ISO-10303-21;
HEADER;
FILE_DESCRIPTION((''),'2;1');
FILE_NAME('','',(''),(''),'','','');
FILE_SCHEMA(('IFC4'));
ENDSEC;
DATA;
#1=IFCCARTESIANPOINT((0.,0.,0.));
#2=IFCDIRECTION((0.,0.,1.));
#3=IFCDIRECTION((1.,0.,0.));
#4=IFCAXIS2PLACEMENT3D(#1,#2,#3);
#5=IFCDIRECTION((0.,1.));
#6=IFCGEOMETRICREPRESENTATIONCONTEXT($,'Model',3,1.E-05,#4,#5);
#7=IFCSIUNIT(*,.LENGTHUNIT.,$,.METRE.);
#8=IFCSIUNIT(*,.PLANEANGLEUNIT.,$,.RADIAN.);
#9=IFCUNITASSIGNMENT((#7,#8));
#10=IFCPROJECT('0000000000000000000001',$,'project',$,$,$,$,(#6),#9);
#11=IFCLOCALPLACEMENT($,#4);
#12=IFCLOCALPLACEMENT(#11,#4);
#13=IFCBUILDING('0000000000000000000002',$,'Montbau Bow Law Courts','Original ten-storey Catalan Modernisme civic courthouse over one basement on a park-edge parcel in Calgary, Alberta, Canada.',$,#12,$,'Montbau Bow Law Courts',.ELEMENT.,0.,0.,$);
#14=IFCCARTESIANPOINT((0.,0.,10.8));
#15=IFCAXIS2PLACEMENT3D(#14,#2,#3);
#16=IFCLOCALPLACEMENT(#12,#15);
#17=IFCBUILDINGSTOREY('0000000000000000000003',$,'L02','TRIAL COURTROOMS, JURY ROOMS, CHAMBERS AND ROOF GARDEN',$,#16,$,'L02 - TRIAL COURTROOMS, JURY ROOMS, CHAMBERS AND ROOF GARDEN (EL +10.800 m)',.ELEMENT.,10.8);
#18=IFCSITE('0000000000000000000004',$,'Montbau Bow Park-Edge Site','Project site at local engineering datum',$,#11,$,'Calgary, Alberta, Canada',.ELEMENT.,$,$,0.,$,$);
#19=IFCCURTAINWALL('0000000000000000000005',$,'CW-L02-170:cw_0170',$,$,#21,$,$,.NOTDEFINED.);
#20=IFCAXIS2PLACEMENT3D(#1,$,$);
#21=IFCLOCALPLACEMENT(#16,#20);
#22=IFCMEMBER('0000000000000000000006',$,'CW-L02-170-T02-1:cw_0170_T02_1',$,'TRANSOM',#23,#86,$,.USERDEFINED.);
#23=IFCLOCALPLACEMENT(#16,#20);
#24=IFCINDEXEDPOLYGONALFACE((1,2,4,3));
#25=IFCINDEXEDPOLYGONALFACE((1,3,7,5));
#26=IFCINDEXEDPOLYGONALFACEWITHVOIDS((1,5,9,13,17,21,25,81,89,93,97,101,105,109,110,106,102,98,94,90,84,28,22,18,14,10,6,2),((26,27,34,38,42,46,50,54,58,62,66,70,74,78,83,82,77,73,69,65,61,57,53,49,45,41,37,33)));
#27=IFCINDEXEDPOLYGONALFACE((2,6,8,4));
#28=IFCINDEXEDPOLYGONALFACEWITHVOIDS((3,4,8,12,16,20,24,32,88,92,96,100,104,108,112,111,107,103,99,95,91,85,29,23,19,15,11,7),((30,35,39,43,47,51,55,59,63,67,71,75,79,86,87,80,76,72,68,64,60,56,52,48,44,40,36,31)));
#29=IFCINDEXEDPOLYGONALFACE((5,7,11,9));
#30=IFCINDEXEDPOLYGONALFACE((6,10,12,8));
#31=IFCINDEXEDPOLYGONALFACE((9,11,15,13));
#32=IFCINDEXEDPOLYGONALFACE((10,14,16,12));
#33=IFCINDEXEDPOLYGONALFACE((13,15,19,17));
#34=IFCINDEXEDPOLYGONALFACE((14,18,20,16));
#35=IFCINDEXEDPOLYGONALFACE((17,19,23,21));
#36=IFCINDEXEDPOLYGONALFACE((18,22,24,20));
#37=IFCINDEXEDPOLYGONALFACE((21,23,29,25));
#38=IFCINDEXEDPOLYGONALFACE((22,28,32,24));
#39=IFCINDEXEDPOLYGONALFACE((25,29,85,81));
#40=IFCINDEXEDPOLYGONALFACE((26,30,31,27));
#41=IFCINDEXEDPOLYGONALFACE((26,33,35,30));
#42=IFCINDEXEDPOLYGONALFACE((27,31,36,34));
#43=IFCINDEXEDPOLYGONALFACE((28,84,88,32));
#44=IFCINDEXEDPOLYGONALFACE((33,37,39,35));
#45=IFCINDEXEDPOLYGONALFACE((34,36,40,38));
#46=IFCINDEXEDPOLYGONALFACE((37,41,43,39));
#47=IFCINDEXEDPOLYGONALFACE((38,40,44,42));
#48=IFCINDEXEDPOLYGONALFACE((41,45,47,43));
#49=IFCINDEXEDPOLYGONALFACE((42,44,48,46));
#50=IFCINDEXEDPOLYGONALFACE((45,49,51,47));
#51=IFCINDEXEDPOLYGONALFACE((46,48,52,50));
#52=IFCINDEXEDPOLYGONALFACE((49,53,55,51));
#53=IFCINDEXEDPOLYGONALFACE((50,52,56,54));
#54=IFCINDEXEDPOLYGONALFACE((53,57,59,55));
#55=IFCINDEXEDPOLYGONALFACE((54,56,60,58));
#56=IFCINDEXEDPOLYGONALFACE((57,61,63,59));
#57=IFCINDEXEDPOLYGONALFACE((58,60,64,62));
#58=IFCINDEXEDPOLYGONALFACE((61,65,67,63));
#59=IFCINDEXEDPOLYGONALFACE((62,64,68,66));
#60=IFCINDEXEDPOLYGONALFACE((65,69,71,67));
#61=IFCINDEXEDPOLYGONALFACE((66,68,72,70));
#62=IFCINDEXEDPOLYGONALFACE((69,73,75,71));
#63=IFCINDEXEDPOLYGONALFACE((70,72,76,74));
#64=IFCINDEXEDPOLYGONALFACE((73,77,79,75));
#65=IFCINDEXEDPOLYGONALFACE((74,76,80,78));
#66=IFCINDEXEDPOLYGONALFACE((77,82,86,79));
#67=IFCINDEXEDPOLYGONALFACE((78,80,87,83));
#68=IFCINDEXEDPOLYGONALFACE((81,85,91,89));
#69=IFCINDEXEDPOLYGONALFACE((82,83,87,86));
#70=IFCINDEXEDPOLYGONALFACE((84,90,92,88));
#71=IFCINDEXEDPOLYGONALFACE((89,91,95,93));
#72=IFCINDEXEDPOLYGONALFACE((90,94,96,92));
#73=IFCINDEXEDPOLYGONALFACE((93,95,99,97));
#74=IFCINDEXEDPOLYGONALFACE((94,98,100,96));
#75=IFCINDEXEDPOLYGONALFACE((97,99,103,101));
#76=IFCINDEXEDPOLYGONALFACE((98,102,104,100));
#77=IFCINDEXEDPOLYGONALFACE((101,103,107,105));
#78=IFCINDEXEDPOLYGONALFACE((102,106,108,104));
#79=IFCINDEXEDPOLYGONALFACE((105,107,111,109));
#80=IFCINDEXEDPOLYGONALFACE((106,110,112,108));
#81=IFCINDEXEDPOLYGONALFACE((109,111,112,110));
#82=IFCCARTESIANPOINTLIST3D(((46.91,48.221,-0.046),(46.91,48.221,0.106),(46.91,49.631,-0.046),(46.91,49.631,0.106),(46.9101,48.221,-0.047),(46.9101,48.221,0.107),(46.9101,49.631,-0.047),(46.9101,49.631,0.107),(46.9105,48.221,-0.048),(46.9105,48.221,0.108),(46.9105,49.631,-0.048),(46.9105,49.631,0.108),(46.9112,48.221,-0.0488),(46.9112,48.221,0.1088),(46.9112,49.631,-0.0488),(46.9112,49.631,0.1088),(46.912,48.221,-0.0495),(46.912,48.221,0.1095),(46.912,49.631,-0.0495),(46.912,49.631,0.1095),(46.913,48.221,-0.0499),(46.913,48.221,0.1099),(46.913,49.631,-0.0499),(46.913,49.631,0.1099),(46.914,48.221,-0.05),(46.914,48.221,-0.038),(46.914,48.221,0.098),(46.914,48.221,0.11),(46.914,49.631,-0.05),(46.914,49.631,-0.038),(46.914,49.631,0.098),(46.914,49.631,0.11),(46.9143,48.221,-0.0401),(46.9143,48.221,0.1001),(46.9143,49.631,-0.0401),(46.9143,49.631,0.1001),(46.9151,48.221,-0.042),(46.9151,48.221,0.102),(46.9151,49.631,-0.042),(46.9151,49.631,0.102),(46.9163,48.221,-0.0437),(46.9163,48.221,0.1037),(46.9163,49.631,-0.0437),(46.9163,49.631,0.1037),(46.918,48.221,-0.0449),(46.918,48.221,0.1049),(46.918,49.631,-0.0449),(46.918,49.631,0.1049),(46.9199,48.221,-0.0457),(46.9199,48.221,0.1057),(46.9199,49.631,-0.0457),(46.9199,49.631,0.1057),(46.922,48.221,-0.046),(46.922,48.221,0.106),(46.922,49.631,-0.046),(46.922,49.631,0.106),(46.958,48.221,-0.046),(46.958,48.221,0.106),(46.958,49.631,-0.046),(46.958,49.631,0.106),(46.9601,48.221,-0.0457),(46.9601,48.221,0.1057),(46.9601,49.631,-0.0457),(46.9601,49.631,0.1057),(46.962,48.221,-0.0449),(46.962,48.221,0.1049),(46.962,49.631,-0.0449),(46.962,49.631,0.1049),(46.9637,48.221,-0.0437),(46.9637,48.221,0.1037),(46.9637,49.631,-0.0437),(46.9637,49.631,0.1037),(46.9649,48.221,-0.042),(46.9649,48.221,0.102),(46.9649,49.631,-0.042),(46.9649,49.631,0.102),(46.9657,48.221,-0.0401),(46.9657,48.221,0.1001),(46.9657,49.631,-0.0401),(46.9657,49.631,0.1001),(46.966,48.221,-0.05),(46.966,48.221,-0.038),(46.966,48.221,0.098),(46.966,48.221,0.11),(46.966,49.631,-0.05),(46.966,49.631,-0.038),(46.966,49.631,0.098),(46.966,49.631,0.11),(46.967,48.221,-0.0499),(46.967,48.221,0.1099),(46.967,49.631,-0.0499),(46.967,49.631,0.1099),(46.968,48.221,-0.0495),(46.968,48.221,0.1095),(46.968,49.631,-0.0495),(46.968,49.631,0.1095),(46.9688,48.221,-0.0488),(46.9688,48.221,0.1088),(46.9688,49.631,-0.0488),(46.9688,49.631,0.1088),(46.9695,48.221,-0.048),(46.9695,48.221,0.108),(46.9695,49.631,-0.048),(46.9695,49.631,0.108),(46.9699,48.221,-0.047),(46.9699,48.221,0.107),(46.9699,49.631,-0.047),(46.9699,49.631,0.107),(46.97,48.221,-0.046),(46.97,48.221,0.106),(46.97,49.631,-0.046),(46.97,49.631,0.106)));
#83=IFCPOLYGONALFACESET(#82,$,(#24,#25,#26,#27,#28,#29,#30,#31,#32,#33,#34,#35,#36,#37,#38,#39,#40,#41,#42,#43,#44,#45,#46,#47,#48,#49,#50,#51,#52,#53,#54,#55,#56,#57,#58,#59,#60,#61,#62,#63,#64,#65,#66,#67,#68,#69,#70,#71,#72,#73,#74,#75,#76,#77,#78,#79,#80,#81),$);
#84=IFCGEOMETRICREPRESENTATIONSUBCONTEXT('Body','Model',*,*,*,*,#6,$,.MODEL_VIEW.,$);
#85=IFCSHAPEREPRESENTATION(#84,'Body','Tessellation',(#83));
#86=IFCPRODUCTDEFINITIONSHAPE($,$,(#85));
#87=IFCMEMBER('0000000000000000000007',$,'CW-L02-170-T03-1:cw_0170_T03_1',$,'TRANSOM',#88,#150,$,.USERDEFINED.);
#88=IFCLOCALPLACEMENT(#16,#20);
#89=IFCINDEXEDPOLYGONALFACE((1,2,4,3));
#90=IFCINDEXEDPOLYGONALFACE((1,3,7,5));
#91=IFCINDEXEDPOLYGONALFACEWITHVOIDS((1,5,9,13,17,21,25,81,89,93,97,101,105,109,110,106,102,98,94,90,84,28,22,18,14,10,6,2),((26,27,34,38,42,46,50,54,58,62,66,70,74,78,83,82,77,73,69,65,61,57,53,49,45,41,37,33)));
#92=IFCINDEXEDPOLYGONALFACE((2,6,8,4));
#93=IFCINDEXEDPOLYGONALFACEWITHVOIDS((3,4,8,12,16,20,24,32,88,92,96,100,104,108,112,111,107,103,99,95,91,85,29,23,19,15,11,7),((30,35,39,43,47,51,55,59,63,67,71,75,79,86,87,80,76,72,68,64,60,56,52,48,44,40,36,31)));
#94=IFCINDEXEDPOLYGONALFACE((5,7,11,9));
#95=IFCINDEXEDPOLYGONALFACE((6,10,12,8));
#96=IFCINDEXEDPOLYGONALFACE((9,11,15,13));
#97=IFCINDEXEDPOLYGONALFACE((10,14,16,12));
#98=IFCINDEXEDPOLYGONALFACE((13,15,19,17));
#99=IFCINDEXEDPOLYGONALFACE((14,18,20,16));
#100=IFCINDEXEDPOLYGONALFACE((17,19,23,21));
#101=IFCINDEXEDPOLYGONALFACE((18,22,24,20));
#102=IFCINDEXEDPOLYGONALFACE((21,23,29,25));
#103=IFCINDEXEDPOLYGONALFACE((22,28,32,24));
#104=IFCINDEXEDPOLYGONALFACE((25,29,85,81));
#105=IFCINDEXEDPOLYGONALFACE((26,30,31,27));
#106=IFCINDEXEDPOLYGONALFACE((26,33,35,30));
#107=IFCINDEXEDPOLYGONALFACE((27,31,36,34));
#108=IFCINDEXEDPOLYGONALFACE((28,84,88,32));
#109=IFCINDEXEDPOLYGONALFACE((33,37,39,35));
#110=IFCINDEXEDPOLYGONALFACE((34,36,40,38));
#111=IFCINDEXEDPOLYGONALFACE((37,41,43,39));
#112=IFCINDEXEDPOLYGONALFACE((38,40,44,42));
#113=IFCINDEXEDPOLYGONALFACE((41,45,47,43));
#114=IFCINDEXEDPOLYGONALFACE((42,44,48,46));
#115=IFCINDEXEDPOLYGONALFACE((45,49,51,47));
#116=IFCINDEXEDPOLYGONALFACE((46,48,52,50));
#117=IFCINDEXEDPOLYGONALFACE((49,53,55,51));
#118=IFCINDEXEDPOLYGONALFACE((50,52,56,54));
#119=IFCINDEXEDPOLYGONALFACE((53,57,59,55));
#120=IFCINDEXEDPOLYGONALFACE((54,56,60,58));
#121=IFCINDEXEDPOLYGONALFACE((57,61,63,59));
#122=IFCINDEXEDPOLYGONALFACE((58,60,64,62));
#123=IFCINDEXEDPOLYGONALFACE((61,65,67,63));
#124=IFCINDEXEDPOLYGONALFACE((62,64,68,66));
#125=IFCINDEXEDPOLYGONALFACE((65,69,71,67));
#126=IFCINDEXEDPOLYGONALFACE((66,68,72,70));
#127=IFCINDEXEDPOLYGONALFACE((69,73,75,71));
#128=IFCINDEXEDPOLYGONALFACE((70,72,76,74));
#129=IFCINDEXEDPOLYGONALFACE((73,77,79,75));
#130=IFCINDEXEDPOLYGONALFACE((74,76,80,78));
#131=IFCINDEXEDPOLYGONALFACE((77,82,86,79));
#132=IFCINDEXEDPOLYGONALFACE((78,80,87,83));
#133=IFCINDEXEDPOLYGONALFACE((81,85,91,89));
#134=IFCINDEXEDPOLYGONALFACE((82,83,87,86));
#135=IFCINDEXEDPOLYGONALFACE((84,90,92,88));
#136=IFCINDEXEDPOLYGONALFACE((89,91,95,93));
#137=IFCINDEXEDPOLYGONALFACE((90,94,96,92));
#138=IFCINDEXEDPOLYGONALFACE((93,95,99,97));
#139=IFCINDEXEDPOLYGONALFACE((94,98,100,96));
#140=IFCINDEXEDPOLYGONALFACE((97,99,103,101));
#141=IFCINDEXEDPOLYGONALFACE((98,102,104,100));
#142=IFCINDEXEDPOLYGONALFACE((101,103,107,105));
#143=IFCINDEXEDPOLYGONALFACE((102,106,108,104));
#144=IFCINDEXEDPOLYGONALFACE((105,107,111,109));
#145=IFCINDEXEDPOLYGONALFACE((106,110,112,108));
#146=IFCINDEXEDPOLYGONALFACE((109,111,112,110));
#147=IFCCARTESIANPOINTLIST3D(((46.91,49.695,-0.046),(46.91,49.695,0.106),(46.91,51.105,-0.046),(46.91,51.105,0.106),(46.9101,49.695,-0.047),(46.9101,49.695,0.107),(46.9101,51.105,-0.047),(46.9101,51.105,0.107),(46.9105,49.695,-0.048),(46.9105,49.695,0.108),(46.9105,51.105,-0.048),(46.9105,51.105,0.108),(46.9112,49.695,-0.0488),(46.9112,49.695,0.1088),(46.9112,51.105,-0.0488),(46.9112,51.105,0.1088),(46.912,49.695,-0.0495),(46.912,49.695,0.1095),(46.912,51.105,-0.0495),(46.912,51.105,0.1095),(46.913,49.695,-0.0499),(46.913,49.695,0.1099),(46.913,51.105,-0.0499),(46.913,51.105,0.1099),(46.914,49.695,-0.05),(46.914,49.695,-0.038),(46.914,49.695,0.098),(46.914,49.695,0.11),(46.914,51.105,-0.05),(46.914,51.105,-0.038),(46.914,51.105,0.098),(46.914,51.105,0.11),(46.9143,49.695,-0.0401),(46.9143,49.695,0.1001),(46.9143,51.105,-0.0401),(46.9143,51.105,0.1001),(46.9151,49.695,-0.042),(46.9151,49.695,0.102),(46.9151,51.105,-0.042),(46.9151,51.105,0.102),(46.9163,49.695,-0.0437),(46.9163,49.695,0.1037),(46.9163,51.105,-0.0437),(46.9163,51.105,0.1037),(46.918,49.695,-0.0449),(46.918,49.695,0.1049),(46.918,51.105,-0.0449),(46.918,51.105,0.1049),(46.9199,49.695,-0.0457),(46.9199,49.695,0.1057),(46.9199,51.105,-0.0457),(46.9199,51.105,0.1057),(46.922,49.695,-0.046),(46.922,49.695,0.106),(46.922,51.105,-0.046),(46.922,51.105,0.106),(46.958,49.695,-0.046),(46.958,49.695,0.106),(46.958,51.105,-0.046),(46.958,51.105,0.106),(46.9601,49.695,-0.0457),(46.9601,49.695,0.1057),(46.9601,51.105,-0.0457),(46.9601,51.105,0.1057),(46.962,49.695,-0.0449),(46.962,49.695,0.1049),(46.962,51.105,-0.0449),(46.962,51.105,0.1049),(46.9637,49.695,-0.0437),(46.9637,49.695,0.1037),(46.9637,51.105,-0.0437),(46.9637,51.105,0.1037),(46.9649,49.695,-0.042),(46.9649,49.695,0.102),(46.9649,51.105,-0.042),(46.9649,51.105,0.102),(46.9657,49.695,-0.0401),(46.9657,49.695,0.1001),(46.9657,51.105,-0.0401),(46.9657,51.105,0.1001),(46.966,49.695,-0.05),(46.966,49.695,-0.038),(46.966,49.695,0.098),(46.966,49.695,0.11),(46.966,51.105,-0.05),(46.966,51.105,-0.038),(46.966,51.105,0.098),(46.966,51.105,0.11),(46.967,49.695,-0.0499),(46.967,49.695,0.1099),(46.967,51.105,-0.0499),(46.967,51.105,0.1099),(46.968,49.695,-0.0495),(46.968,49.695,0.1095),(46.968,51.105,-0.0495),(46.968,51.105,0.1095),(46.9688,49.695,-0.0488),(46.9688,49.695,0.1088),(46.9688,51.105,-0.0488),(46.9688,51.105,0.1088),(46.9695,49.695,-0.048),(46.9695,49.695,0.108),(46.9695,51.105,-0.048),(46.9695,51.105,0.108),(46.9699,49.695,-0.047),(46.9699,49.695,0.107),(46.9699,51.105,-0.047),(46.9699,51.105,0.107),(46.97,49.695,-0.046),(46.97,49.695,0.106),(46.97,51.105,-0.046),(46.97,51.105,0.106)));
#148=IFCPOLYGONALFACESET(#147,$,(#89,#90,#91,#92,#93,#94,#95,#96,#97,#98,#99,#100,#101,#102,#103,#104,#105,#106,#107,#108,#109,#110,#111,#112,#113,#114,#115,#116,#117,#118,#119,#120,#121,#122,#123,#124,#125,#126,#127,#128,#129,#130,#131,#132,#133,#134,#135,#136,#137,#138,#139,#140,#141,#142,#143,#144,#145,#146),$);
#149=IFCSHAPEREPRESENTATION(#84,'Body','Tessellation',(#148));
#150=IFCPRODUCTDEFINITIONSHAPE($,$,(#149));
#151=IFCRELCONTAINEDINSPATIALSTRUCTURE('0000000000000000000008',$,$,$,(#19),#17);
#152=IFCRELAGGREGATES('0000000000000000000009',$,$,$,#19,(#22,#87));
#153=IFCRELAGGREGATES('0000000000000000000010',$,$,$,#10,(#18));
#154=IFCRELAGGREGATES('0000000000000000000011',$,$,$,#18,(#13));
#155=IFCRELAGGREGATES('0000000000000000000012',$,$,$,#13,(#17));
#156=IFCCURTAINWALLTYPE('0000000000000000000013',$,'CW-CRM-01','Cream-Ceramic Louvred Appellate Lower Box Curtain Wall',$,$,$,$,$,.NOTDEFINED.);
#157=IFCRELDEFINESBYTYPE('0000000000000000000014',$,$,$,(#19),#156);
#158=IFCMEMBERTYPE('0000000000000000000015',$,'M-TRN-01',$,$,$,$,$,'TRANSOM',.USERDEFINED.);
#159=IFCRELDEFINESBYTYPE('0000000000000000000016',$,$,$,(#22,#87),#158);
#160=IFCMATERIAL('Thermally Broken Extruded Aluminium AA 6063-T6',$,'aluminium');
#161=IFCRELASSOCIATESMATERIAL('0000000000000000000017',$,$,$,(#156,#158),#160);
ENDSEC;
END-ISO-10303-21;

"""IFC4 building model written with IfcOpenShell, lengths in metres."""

from ifc_helpers import new_model, si_unit, direction, frame, origin_with_axes, origin_2d_with_axis, place, context, subcontext, project, spatial, hollow_rectangle, extrude, material, material_profile, profile_set, type_object, element, aggregate, save


model = new_model("IFC4")

# Units and contexts
model_context = context("Model", 3, precision=1e-05, world=origin_with_axes(), true_north=direction((0.0, 1.0)))
body_context = subcontext(model_context, "Body", "Model", "MODEL_VIEW")
ifc_project = project(units=[si_unit("LENGTHUNIT", "METRE"), si_unit("PLANEANGLEUNIT", "RADIAN")], contexts=[model_context])

# Site, building, storey
site_placement = place(None, origin_with_axes())
site = spatial("IfcSite", under=ifc_project, at=site_placement, Name="Montbau Bow Park-Edge Site", Description="Project site at local engineering datum", LongName="Calgary, Alberta, Canada", CompositionType="ELEMENT", RefElevation=0.0)
building_placement = place(site_placement, origin_with_axes())
building = spatial("IfcBuilding", under=site, at=building_placement, Name="Montbau Bow Law Courts", Description="Original ten-storey Catalan Modernisme civic courthouse over one basement on a park-edge parcel in Calgary, Alberta, Canada.", LongName="Montbau Bow Law Courts", CompositionType="ELEMENT", ElevationOfRefHeight=0.0, ElevationOfTerrain=0.0)
storey_placement = place(building_placement, frame((0.0, 0.0, 10.8), z_axis=(0.0, 0.0, 1.0), x_axis=(1.0, 0.0, 0.0)))
storey = spatial("IfcBuildingStorey", under=building, at=storey_placement, Name="L02", Description="TRIAL COURTROOMS, JURY ROOMS, CHAMBERS AND ROOF GARDEN", LongName="L02 - TRIAL COURTROOMS, JURY ROOMS, CHAMBERS AND ROOF GARDEN (EL +10.800 m)", CompositionType="ELEMENT", Elevation=10.8)

# Curtain wall, members
ifc_material_1 = material(Name="Thermally Broken Extruded Aluminium AA 6063-T6", Category="aluminium")
curtain_wall_type_1 = type_object("IfcCurtainWallType", Name="CW-CRM-01", Description="Cream-Ceramic Louvred Appellate Lower Box Curtain Wall", PredefinedType="NOTDEFINED", material=ifc_material_1)
curtain_wall_1_placement = place(None, frame((46.94, 46.715, 10.8), z_axis=(0.0, 0.0, 1.0), x_axis=(1.0, 0.0, 0.0)))
curtain_wall_1 = element("IfcCurtainWall", 1, at=curtain_wall_1_placement, inside=storey, type_object=curtain_wall_type_1, Name="CW-L02-170:cw_0170", PredefinedType="NOTDEFINED")
ifc_material_profile_1 = material_profile(ifc_material_1, hollow_rectangle(XDim=0.06, YDim=0.16, WallThickness=0.004, InnerFilletRadius=0.008, OuterFilletRadius=0.004, at=origin_2d_with_axis()), Name="CWT-160X60", Category="Main", Priority=0)
ifc_profile_set_1 = profile_set([ifc_material_profile_1], Name="Thermally Broken Extruded Aluminium AA 6063-T6")
member_type_1 = type_object("IfcMemberType", Name="M-TRN-01", ElementType="TRANSOM", PredefinedType="USERDEFINED", material=ifc_profile_set_1)
member_1_placement = place(None, frame((46.94, 48.221, 10.83), z_axis=(0.0, 1.0, 0.0), x_axis=(-1.0, 0.0, 0.0)))
member_1 = element("IfcMember", 2, at=member_1_placement, type_object=member_type_1, Name="CW-L02-170-T02-1:cw_0170_T02_1", ObjectType="TRANSOM", PredefinedType="USERDEFINED", context=body_context, shape_type="SweptSolid", body=[
    extrude(hollow_rectangle(XDim=0.06, YDim=0.16, WallThickness=0.004, InnerFilletRadius=0.008, OuterFilletRadius=0.004, at=origin_2d_with_axis()), origin_with_axes(), (0.0, 0.0, 1.0), 1.41),
])
member_2_placement = place(None, frame((46.94, 49.695, 10.83), z_axis=(0.0, 1.0, 0.0), x_axis=(-1.0, 0.0, 0.0)))
member_2 = element("IfcMember", 3, at=member_2_placement, type_object=member_type_1, Name="CW-L02-170-T03-1:cw_0170_T03_1", ObjectType="TRANSOM", PredefinedType="USERDEFINED", context=body_context, shape_type="SweptSolid", body=[
    extrude(hollow_rectangle(XDim=0.06, YDim=0.16, WallThickness=0.004, InnerFilletRadius=0.008, OuterFilletRadius=0.004, at=origin_2d_with_axis()), origin_with_axes(), (0.0, 0.0, 1.0), 1.41),
])
aggregate(curtain_wall_1, [member_1, member_2])

save(model, "model.ifc")
